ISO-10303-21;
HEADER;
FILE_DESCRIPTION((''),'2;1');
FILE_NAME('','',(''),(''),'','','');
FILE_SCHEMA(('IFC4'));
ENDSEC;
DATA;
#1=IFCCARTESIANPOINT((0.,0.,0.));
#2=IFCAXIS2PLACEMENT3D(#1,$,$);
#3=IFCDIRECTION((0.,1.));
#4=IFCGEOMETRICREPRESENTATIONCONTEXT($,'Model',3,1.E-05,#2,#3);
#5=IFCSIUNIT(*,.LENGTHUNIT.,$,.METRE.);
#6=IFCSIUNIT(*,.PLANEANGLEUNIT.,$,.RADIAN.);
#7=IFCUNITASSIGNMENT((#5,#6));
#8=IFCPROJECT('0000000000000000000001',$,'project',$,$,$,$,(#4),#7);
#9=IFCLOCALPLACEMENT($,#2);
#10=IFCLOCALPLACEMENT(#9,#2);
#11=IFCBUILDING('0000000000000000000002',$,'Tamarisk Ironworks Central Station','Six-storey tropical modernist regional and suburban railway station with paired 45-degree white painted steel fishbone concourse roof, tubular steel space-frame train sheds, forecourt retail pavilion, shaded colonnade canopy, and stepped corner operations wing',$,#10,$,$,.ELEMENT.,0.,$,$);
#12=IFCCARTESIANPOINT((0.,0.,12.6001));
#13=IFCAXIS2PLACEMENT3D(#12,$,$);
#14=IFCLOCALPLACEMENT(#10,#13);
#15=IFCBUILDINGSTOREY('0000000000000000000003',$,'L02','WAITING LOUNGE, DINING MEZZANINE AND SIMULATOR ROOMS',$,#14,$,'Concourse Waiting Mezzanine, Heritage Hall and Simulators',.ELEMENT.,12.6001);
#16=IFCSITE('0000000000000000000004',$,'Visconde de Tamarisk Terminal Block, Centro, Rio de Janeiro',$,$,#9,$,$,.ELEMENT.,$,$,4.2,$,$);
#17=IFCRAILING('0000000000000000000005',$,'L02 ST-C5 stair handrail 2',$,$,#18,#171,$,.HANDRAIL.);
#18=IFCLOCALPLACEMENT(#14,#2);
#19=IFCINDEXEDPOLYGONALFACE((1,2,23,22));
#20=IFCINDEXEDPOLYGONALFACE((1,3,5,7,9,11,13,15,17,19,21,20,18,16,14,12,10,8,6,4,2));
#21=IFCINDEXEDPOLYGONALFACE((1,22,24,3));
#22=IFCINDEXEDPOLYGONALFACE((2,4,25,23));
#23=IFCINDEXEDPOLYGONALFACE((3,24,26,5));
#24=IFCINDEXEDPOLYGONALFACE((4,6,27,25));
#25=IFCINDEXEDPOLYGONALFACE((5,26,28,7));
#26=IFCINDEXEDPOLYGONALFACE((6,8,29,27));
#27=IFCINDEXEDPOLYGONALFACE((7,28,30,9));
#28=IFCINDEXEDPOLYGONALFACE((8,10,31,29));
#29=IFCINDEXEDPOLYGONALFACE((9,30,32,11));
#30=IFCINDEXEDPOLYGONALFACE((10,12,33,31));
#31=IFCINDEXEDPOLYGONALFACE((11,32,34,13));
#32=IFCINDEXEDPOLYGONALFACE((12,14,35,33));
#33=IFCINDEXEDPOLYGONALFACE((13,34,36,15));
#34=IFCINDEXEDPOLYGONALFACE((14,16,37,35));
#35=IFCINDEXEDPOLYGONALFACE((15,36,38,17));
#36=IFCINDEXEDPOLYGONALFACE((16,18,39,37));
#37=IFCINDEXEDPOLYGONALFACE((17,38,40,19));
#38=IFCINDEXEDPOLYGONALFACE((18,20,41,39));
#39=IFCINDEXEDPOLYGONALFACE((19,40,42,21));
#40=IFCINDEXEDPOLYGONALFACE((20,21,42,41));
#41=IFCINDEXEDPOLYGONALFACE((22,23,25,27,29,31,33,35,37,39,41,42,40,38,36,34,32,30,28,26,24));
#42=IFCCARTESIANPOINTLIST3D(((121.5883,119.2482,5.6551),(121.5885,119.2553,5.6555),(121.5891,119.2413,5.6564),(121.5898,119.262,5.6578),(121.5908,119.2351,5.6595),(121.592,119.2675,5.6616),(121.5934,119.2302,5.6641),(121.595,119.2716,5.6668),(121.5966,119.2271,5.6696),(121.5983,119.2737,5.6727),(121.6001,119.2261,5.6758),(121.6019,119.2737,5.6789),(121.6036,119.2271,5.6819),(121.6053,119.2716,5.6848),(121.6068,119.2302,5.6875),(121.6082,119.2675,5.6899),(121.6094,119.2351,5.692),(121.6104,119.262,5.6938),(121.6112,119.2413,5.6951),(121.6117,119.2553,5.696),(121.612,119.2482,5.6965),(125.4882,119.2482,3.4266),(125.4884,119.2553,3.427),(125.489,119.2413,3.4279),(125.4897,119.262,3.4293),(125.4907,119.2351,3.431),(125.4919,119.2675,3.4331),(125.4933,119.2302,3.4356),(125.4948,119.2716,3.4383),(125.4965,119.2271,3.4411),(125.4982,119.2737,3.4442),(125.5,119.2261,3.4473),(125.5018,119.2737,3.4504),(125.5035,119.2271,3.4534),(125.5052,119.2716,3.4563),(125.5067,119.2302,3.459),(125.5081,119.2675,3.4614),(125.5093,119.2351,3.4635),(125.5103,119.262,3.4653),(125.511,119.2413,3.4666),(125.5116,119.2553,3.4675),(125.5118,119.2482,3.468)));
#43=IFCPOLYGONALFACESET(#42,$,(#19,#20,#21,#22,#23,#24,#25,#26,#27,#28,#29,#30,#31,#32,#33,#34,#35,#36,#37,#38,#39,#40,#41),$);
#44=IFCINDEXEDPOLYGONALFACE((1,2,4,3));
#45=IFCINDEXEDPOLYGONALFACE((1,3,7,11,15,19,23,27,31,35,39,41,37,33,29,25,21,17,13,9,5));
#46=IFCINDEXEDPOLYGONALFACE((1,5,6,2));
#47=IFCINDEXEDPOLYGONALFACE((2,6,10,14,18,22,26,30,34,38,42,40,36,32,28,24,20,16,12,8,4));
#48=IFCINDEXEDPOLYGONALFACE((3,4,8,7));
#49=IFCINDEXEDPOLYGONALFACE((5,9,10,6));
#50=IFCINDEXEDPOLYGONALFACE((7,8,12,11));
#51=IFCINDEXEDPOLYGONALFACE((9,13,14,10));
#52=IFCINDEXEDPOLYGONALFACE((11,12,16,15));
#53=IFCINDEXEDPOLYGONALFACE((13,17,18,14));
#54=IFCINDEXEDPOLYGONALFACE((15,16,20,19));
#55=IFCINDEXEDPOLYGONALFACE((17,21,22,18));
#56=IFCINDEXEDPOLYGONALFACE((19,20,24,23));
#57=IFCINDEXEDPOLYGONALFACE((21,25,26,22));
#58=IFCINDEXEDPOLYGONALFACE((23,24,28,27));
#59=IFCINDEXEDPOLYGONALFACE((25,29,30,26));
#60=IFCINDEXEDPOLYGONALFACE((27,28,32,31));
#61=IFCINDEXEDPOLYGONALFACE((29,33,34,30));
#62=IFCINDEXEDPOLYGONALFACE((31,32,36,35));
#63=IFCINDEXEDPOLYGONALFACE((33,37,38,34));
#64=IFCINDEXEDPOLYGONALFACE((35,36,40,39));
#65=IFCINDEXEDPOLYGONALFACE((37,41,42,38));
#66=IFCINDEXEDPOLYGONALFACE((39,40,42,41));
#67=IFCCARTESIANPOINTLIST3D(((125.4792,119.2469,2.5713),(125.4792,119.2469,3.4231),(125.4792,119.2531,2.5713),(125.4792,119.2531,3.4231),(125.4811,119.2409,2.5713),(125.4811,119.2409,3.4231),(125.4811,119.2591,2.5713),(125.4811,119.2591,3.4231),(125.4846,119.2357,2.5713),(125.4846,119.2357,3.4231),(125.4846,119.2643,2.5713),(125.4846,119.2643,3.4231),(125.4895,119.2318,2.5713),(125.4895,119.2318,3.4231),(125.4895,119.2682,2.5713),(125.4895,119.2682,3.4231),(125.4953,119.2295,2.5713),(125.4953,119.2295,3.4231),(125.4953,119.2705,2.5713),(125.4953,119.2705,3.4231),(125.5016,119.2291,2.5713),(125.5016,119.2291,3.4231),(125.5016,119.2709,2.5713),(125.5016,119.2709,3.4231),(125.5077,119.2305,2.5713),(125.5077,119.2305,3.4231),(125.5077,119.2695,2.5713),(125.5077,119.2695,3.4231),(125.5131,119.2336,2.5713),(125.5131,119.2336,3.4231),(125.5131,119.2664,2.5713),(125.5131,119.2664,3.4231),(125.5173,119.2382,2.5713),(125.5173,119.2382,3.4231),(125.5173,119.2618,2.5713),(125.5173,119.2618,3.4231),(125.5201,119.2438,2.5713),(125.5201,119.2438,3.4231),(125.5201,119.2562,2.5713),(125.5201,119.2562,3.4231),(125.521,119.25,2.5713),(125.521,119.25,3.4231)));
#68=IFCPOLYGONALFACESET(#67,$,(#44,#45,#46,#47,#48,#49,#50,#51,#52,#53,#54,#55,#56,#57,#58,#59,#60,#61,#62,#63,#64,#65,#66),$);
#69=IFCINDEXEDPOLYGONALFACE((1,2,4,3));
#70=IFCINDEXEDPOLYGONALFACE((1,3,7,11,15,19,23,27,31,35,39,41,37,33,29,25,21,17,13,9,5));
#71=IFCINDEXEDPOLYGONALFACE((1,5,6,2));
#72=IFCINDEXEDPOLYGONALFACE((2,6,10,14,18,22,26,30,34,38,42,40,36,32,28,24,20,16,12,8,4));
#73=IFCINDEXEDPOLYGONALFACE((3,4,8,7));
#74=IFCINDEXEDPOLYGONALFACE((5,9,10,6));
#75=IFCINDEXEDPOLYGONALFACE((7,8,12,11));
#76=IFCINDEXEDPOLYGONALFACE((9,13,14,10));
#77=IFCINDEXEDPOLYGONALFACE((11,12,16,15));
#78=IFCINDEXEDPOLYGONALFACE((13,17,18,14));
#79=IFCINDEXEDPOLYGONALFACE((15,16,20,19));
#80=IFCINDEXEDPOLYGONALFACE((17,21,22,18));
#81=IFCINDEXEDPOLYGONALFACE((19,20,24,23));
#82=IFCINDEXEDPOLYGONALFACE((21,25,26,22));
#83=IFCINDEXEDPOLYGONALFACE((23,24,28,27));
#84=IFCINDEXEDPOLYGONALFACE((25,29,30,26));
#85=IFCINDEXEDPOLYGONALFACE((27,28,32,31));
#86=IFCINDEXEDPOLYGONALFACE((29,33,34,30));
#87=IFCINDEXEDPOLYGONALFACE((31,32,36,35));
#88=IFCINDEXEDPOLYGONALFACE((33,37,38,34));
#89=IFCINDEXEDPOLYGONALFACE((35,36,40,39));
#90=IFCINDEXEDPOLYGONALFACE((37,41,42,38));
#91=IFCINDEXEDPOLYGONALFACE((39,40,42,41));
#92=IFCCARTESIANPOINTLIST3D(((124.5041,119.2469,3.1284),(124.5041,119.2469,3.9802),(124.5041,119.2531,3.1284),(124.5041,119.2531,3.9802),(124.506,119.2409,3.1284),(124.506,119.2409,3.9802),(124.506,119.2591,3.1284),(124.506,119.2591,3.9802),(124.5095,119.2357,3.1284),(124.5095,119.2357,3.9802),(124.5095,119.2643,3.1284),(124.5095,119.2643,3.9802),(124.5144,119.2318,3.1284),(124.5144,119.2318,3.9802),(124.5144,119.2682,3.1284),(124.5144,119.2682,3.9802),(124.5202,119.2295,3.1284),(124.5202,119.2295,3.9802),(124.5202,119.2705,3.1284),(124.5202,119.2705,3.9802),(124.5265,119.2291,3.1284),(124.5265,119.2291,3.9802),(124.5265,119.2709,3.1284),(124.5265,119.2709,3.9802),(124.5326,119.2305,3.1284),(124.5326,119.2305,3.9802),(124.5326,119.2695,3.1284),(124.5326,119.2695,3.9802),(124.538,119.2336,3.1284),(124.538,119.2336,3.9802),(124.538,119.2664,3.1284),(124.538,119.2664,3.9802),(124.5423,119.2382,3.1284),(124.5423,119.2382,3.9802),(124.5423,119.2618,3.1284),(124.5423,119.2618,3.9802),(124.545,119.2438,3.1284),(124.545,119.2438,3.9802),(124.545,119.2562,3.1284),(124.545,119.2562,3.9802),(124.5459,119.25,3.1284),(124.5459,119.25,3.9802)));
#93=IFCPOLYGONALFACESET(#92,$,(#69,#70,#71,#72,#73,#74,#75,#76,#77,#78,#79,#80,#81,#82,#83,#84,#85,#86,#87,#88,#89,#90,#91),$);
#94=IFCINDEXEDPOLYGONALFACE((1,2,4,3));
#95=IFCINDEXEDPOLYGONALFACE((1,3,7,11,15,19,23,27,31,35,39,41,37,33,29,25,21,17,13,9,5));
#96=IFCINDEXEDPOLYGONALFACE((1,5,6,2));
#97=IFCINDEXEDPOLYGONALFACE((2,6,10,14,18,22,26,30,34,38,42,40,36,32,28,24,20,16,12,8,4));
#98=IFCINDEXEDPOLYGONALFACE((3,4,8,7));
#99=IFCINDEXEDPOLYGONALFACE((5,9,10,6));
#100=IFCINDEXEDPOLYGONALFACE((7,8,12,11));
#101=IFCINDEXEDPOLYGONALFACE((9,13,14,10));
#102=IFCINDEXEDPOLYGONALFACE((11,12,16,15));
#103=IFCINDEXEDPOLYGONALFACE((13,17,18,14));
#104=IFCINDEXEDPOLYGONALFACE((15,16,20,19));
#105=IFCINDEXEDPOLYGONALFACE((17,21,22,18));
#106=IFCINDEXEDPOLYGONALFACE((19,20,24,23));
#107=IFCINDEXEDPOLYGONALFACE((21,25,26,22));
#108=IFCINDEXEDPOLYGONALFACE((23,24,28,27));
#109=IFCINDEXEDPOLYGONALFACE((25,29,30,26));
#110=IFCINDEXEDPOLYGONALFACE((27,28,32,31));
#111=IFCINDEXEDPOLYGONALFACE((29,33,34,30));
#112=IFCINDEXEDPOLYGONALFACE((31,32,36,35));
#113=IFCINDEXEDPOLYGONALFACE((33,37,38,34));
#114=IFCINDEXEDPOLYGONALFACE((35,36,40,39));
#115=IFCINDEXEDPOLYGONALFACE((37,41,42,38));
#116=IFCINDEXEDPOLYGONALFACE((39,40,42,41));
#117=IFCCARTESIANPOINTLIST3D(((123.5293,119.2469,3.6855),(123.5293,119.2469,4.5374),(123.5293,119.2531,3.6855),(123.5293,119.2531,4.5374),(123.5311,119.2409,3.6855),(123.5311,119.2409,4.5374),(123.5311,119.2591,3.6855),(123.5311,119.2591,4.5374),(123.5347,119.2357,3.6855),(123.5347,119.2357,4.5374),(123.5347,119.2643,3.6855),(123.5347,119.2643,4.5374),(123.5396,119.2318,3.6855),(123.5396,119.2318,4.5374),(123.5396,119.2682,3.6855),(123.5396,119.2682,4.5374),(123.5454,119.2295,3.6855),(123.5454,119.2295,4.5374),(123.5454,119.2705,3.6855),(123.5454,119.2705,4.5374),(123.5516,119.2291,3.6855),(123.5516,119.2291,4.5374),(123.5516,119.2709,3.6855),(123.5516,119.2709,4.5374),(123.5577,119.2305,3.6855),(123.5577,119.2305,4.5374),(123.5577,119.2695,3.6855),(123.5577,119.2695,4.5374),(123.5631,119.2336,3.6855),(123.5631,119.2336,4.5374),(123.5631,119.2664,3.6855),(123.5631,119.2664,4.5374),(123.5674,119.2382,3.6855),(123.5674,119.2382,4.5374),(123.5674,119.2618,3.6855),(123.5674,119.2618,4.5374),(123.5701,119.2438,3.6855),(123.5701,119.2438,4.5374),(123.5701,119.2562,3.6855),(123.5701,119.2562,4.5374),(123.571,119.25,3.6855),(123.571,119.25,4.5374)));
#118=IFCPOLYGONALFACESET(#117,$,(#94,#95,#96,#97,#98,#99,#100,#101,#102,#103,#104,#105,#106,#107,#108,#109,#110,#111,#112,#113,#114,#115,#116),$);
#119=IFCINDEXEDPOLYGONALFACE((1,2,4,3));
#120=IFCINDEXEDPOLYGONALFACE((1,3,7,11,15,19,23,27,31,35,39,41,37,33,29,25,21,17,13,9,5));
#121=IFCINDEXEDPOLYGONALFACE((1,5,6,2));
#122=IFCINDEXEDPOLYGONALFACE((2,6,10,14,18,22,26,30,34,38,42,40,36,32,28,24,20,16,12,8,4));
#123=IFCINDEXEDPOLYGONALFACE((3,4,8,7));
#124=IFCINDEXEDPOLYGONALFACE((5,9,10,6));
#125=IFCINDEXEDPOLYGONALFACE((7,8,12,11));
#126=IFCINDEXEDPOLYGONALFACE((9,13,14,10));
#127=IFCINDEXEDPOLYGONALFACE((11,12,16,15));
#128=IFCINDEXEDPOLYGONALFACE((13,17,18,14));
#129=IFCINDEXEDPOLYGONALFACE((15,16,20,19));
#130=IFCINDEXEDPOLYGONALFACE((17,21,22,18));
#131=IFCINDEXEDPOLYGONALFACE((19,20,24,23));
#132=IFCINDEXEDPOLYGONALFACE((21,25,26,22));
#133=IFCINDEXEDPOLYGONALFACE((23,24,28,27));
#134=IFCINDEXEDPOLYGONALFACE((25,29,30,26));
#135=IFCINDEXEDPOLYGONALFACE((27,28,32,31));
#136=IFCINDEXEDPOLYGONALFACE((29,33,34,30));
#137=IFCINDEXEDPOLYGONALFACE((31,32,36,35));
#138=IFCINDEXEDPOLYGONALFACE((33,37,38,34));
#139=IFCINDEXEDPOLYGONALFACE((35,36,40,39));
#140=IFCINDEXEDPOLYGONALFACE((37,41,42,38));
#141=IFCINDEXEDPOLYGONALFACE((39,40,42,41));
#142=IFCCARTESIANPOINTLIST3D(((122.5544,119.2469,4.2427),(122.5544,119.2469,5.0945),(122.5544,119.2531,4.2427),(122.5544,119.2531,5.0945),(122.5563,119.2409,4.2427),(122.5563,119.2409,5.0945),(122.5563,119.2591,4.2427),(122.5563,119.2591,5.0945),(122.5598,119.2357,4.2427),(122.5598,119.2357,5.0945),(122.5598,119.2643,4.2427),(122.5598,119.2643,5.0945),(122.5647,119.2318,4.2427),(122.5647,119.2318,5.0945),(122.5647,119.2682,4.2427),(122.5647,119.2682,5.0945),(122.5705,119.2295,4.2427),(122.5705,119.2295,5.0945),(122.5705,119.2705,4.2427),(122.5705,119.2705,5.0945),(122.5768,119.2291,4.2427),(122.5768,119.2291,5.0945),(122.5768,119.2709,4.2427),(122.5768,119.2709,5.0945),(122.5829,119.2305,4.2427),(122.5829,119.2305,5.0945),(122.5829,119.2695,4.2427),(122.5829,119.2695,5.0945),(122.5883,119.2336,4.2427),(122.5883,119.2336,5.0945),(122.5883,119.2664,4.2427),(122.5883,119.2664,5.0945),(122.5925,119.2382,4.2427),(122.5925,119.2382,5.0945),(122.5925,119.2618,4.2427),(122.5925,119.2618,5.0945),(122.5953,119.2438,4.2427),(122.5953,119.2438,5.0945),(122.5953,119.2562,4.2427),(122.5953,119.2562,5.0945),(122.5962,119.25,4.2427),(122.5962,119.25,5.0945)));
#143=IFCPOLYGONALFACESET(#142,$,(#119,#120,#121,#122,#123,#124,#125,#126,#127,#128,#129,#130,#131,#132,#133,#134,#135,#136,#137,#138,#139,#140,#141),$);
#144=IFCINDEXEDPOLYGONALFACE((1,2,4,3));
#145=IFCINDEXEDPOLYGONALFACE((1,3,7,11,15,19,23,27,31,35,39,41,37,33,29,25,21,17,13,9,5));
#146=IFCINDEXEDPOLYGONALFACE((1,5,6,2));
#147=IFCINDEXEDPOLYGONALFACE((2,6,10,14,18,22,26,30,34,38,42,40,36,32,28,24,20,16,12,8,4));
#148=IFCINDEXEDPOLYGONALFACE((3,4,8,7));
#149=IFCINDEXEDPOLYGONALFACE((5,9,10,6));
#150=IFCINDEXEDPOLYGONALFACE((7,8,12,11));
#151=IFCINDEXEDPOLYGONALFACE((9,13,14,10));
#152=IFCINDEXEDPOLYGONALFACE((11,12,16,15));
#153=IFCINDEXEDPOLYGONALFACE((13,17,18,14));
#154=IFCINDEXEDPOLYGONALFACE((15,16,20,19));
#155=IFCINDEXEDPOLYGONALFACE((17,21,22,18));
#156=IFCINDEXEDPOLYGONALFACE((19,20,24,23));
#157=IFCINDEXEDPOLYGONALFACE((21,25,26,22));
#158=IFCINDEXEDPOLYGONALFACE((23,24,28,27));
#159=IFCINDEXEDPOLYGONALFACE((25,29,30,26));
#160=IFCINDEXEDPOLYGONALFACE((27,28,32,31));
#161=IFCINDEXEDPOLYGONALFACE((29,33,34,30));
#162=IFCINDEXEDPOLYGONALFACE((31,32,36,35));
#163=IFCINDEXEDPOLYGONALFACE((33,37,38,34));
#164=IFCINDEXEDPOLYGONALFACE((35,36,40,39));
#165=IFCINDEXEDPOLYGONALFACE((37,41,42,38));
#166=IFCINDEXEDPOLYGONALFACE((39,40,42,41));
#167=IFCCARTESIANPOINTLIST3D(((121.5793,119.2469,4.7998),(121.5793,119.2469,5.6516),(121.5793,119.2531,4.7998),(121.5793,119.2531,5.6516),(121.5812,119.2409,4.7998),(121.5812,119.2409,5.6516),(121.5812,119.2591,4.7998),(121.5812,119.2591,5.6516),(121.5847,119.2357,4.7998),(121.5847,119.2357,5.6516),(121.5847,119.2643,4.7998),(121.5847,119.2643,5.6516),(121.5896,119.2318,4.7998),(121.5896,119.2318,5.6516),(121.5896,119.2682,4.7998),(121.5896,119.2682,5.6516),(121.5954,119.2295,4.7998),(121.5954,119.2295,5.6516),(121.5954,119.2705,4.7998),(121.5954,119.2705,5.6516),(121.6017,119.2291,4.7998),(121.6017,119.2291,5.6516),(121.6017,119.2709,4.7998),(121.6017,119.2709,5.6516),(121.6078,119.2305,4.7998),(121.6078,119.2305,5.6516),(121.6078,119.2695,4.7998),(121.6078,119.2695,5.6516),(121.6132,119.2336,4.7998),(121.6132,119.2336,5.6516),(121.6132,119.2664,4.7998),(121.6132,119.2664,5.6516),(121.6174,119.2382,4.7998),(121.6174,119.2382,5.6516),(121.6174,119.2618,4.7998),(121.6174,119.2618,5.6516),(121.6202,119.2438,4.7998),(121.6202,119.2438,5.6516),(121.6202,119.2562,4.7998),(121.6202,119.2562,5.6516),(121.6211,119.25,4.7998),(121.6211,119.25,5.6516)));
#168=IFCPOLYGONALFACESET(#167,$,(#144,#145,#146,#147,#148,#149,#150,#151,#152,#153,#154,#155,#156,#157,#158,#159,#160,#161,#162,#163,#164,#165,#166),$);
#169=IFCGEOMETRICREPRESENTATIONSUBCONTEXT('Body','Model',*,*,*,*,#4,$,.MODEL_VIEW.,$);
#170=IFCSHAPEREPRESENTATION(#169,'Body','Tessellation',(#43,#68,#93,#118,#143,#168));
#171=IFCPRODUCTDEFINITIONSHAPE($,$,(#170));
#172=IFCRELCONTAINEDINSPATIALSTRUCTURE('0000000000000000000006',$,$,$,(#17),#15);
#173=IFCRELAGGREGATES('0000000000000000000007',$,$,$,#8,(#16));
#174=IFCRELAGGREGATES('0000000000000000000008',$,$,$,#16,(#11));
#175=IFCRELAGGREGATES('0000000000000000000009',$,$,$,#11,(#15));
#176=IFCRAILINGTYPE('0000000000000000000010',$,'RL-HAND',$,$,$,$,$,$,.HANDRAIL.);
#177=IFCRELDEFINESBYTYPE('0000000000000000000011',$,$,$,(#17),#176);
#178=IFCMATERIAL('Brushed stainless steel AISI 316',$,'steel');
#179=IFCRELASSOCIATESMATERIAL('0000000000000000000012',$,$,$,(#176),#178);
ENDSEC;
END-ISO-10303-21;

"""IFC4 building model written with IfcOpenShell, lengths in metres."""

from ifc_helpers import new_model, si_unit, direction, frame, origin, origin_2d, place, context, subcontext, project, spatial, circle, extrude, material, type_object, element, save


model = new_model("IFC4")

# Units and contexts
model_context = context("Model", 3, precision=1e-05, world=origin(), true_north=direction((0.0, 1.0)))
body_context = subcontext(model_context, "Body", "Model", "MODEL_VIEW")
ifc_project = project(units=[si_unit("LENGTHUNIT", "METRE"), si_unit("PLANEANGLEUNIT", "RADIAN")], contexts=[model_context])

# Site, building, storey
site_placement = place(None, origin())
site = spatial("IfcSite", under=ifc_project, at=site_placement, Name="Visconde de Tamarisk Terminal Block, Centro, Rio de Janeiro", CompositionType="ELEMENT", RefElevation=4.2)
building_placement = place(site_placement, origin())
building = spatial("IfcBuilding", under=site, at=building_placement, Name="Tamarisk Ironworks Central Station", Description="Six-storey tropical modernist regional and suburban railway station with paired 45-degree white painted steel fishbone concourse roof, tubular steel space-frame train sheds, forecourt retail pavilion, shaded colonnade canopy, and stepped corner operations wing", CompositionType="ELEMENT", ElevationOfRefHeight=0.0)
storey_placement = place(building_placement, frame((0.0, 0.0, 12.6001)))
storey = spatial("IfcBuildingStorey", under=building, at=storey_placement, Name="L02", Description="WAITING LOUNGE, DINING MEZZANINE AND SIMULATOR ROOMS", LongName="Concourse Waiting Mezzanine, Heritage Hall and Simulators", CompositionType="ELEMENT", Elevation=12.6001)

# Railing
ifc_material_1 = material(Name="Brushed stainless steel AISI 316", Category="steel")
railing_type_1 = type_object("IfcRailingType", Name="RL-HAND", PredefinedType="HANDRAIL", material=ifc_material_1)
railing_1_placement = place(storey_placement, frame((125.5, 119.25, 2.5713)))
element("IfcRailing", 1, at=railing_1_placement, inside=storey, type_object=railing_type_1, Name="L02 ST-C5 stair handrail 2", PredefinedType="HANDRAIL", context=body_context, shape_type="SweptSolid", body=[
    extrude(circle(Radius=0.0239, at=origin_2d()), frame((0.0, 0.0, 0.876), z_axis=(-0.868243, 0.0, 0.496139), x_axis=(0.0, -1.0, 0.0)), (0.0, 0.0, 1.0), 4.4917),
    extrude(circle(Radius=0.021, at=origin_2d()), origin(), (0.0, 0.0, 1.0), 0.8518),
    extrude(circle(Radius=0.021, at=origin_2d()), frame((-0.9751, 0.0, 0.5571)), (0.0, 0.0, 1.0), 0.8518),
    extrude(circle(Radius=0.021, at=origin_2d()), frame((-1.95, 0.0, 1.1143)), (0.0, 0.0, 1.0), 0.8518),
    extrude(circle(Radius=0.021, at=origin_2d()), frame((-2.9248, 0.0, 1.6714)), (0.0, 0.0, 1.0), 0.8518),
    extrude(circle(Radius=0.021, at=origin_2d()), frame((-3.8999, 0.0, 2.2285)), (0.0, 0.0, 1.0), 0.8518),
])

save(model, "model.ifc")
